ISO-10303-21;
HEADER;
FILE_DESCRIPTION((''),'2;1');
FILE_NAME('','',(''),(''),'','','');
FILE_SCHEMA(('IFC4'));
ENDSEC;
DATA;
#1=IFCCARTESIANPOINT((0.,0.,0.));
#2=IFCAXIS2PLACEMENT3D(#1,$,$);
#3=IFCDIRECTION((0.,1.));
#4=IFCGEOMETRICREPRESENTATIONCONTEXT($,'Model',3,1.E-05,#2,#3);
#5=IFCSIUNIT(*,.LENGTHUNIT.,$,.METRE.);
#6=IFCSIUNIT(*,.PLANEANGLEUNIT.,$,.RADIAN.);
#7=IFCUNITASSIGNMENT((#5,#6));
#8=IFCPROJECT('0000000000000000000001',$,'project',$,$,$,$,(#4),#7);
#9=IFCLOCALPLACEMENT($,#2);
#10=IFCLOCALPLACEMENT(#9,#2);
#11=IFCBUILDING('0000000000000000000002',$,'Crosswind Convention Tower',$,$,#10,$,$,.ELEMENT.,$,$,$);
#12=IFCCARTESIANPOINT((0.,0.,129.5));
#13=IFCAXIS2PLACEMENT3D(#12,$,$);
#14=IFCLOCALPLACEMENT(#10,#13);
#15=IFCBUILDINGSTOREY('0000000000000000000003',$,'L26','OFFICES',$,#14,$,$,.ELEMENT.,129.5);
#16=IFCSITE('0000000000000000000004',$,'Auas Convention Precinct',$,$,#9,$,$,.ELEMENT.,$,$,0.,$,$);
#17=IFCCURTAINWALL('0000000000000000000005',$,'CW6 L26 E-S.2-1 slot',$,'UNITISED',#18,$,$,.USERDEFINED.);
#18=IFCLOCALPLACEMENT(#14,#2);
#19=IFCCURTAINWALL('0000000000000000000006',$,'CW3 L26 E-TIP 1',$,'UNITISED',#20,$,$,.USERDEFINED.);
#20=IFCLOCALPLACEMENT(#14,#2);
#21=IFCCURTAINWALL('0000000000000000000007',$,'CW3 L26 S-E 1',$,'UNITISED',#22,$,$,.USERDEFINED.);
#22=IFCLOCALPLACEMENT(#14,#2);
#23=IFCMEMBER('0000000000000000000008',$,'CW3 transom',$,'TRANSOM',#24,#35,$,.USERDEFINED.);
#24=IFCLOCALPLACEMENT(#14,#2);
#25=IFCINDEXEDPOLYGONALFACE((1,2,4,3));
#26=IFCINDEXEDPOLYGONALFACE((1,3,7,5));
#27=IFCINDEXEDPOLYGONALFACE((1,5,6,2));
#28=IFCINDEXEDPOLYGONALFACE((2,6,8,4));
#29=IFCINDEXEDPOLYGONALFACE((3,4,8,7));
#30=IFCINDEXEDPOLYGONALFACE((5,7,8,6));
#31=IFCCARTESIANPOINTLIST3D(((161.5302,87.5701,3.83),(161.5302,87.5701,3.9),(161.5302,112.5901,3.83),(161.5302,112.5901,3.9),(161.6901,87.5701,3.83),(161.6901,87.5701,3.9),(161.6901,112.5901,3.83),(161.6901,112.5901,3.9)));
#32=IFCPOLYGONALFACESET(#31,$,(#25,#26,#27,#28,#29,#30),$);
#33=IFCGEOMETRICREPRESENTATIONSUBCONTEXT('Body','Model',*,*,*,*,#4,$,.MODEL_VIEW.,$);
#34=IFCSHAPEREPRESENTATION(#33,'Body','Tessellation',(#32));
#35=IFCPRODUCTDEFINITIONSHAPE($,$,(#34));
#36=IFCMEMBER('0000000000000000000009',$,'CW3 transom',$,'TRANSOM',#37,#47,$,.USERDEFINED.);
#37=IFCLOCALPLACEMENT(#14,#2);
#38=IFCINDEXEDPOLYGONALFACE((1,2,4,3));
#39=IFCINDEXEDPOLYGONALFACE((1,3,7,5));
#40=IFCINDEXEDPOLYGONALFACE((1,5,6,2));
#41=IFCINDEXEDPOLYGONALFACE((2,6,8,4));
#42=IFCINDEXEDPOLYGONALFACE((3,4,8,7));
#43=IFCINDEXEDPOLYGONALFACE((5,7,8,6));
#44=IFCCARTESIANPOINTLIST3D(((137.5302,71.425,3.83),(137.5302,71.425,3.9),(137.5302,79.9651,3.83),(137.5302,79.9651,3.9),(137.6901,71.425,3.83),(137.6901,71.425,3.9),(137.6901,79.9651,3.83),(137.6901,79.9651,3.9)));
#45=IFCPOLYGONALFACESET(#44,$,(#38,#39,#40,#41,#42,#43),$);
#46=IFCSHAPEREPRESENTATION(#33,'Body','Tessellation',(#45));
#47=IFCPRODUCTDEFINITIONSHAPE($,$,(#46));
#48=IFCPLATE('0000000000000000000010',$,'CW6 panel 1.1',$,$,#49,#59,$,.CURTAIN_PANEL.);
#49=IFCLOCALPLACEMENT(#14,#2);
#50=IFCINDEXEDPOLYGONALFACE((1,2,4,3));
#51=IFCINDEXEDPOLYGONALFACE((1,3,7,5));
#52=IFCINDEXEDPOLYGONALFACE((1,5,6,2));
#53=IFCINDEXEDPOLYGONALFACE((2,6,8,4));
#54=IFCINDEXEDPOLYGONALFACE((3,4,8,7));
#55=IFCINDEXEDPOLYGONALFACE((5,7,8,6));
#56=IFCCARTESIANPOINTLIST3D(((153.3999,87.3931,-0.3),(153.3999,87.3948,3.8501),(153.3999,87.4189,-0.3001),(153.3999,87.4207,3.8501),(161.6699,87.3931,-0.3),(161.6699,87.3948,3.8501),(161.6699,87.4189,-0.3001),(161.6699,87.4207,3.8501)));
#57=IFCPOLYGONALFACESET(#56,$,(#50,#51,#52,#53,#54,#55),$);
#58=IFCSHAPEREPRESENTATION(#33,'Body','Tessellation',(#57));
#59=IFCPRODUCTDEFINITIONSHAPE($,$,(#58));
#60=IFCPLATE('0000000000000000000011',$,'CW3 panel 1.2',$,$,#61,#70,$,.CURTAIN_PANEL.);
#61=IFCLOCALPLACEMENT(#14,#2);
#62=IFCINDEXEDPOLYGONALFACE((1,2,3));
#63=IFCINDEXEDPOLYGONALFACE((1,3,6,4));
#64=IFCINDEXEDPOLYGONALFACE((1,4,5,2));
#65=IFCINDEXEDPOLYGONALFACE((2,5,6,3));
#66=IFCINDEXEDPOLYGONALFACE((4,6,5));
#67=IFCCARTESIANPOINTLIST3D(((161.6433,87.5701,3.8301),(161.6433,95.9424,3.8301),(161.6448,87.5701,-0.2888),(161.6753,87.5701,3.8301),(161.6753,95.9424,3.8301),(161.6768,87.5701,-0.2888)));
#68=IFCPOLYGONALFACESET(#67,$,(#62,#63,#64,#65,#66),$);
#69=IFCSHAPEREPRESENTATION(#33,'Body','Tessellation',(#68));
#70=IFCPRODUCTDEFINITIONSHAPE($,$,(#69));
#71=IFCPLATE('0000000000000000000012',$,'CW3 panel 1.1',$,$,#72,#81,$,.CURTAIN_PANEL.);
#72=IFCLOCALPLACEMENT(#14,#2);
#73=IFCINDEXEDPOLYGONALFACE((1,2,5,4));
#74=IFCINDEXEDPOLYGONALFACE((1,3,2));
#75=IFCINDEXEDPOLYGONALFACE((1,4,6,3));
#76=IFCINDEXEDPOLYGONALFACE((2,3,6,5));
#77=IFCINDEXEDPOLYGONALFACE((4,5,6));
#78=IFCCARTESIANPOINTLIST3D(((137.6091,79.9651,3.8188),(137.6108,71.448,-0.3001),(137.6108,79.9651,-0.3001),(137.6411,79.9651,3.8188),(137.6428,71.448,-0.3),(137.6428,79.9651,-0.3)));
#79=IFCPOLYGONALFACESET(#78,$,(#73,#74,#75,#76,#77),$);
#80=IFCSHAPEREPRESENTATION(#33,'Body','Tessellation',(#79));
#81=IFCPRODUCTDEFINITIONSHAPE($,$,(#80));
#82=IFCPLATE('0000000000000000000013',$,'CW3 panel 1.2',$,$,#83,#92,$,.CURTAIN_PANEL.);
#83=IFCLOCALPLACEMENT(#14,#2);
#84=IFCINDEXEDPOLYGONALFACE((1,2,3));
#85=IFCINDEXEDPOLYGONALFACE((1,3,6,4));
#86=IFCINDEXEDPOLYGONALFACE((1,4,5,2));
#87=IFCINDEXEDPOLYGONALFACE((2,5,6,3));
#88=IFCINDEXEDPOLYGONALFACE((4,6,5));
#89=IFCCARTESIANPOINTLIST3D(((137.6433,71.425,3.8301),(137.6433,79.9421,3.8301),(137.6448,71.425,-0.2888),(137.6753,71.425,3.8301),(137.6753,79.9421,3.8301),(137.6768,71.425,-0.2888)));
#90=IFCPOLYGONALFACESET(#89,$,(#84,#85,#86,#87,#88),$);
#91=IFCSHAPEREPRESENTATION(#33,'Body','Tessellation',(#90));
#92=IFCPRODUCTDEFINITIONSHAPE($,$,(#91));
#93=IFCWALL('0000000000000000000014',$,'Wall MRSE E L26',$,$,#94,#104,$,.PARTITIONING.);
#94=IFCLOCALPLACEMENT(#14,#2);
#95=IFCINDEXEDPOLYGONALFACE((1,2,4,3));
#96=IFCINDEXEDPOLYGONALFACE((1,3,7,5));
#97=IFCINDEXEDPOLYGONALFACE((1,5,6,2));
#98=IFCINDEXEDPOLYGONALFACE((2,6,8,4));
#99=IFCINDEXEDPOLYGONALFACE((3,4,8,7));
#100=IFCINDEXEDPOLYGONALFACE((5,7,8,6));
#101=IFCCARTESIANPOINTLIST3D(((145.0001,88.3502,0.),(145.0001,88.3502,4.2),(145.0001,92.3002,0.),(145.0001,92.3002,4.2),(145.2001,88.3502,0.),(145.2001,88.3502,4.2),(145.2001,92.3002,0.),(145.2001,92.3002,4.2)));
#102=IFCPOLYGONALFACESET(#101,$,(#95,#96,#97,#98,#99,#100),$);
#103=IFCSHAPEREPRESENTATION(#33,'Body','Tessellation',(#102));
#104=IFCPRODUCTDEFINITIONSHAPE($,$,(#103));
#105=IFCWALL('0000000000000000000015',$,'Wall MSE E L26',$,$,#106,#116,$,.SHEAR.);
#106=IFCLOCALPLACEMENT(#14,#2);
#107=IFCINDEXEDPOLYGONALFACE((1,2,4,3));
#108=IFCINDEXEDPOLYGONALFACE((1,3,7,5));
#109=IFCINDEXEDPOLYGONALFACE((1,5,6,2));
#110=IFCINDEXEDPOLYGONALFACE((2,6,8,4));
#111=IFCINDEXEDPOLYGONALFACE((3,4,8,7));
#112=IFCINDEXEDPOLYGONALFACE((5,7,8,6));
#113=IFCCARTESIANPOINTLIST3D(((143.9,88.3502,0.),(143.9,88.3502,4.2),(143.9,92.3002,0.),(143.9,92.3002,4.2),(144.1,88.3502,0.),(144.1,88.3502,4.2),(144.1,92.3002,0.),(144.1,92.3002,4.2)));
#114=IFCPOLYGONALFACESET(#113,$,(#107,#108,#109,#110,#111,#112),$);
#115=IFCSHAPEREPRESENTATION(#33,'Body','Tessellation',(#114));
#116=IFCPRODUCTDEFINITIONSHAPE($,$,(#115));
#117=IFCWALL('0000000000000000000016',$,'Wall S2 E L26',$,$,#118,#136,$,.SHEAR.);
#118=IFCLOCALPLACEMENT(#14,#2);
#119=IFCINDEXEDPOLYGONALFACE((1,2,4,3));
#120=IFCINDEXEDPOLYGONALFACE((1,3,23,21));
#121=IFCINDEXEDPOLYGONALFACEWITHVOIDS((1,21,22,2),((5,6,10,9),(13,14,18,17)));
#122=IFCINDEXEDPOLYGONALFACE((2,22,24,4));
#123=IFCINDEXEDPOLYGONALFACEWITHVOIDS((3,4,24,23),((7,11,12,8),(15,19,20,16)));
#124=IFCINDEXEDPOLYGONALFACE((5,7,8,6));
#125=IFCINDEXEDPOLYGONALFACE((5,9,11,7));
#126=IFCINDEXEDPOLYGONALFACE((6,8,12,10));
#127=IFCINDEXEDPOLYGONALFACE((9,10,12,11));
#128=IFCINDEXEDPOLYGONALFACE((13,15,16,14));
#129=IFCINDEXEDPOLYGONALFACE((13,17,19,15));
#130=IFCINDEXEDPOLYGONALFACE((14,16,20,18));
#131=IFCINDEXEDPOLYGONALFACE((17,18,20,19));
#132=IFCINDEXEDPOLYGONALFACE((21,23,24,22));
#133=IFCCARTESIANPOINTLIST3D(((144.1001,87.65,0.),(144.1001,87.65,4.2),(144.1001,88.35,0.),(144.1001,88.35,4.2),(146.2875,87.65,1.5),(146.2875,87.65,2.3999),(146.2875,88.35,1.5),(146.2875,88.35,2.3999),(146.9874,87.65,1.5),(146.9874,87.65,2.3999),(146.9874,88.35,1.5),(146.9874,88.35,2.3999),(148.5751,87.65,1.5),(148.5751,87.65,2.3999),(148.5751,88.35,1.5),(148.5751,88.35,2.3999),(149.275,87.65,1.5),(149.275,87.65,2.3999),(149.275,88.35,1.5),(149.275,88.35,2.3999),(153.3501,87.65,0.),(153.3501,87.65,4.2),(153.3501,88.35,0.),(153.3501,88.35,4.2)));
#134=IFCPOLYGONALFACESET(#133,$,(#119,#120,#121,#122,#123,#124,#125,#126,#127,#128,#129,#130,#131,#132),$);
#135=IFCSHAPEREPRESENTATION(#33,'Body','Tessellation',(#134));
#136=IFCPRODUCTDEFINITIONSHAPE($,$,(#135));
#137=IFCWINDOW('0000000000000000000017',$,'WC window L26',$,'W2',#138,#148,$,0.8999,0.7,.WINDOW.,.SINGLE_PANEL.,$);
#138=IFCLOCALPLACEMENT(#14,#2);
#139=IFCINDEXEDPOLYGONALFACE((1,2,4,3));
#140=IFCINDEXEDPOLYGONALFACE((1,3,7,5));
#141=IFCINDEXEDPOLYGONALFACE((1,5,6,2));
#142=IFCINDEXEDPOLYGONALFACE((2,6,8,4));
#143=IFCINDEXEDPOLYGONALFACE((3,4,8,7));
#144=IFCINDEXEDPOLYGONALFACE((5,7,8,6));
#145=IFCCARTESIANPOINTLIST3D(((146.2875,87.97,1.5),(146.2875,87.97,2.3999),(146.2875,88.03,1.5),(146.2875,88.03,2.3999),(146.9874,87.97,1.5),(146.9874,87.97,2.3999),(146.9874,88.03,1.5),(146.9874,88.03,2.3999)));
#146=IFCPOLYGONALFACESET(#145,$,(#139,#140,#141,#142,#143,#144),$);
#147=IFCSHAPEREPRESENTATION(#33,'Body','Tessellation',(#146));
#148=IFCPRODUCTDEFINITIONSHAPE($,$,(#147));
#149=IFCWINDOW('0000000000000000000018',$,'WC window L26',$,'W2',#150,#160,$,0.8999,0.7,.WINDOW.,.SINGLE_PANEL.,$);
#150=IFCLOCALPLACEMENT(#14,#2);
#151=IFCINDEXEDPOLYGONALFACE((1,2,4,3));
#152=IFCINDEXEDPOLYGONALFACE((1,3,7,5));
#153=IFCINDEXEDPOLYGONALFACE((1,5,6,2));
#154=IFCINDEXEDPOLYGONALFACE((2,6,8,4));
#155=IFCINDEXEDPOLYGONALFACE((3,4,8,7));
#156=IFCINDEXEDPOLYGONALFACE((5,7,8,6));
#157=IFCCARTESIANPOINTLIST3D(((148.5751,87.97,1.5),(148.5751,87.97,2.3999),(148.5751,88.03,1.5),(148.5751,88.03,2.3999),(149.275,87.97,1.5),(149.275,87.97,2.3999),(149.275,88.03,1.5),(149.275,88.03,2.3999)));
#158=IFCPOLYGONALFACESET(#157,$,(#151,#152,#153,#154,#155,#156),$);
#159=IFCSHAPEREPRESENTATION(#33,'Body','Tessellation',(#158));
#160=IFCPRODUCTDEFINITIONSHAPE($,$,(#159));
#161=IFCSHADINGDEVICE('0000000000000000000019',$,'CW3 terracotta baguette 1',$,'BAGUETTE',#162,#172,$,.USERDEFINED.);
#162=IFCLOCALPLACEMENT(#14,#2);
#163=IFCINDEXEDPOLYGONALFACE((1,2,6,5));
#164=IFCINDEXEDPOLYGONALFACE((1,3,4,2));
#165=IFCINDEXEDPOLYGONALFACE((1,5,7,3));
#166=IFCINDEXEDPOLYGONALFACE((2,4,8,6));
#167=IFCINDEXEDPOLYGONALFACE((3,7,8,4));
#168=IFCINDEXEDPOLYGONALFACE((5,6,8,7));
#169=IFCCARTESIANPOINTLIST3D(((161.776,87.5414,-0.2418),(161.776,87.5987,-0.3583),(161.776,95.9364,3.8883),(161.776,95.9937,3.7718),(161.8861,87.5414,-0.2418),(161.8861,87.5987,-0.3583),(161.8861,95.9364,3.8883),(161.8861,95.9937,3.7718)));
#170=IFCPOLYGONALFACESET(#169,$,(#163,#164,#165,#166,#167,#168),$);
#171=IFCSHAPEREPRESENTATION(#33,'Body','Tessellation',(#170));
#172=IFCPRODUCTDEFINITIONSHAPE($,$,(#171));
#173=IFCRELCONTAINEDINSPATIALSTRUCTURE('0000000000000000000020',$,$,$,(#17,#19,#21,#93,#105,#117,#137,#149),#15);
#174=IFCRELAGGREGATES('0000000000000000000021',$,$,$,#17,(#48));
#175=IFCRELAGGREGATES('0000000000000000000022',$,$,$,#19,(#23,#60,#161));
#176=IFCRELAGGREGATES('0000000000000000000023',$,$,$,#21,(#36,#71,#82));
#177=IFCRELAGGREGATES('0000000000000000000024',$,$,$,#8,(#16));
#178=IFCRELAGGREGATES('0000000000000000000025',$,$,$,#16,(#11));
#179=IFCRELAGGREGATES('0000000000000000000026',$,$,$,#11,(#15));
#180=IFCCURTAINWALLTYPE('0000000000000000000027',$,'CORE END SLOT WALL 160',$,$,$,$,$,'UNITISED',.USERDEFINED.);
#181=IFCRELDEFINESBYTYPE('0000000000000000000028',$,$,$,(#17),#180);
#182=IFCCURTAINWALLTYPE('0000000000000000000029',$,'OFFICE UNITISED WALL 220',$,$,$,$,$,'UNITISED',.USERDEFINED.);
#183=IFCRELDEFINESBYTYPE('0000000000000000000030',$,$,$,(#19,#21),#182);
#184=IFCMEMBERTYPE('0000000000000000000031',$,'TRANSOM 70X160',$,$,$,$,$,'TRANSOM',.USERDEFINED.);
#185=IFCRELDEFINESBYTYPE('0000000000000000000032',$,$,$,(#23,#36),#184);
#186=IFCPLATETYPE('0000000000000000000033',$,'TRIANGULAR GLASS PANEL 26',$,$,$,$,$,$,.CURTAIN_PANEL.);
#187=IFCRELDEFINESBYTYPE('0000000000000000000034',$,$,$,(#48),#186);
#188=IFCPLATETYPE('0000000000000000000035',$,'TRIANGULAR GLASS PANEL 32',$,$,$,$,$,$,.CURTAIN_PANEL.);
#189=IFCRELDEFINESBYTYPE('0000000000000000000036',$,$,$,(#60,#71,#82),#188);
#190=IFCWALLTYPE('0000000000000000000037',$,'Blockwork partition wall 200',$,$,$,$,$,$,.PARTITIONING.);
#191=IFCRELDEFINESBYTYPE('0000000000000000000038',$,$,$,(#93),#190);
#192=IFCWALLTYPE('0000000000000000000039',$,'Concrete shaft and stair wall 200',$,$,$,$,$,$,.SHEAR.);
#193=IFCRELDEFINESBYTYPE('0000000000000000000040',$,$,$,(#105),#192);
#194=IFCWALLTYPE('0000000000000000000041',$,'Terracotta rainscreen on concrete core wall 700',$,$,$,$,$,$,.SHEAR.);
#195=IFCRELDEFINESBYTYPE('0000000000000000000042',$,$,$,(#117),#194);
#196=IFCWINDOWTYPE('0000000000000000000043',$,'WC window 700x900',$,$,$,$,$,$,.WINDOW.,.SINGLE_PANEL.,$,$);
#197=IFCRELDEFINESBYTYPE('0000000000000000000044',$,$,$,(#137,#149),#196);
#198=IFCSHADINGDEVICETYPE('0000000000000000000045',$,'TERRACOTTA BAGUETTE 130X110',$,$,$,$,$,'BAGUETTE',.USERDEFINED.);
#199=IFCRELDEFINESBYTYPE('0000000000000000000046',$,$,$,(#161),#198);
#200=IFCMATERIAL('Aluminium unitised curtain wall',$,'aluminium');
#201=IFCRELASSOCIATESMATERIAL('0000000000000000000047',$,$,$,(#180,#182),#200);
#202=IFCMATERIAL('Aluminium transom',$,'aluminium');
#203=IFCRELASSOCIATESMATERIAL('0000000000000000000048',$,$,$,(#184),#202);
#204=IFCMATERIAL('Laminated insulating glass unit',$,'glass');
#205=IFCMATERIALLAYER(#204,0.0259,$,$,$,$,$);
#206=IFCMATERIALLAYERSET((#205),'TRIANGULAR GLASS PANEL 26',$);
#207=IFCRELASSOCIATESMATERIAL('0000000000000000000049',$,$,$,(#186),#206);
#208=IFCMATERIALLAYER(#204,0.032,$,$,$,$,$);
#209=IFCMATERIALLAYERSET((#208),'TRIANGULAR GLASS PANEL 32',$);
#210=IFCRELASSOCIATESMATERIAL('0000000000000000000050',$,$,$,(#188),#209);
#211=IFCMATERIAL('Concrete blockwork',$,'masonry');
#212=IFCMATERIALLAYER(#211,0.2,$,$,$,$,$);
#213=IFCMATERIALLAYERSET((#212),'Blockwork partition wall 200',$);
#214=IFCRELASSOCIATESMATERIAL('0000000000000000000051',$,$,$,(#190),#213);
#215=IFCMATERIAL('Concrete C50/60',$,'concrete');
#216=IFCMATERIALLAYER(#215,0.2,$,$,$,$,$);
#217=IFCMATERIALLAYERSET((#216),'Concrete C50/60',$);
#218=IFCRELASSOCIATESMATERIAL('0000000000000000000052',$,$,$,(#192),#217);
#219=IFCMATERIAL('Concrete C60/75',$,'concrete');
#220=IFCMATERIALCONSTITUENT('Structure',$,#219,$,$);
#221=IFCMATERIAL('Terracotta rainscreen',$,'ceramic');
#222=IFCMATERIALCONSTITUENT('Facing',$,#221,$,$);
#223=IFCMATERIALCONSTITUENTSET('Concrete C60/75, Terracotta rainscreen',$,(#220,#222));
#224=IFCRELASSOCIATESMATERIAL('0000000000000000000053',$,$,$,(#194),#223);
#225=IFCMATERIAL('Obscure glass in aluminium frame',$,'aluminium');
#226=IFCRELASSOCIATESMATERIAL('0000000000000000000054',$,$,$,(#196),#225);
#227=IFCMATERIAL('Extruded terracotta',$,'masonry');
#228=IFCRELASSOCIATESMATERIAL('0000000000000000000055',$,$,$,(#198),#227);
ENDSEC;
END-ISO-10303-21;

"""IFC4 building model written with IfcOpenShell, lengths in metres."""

from ifc_helpers import new_model, si_unit, direction, frame, frame_2d, origin, origin_2d, place, context, subcontext, project, spatial, polyline, rectangle, outline, extrude, material, layer, layer_set, constituent, constituent_set, material_profile, profile_set, type_object, element, fill, aggregate, save


model = new_model("IFC4")

# Units and contexts
model_context = context("Model", 3, precision=1e-05, world=origin(), true_north=direction((0.0, 1.0)))
body_context = subcontext(model_context, "Body", "Model", "MODEL_VIEW")
ifc_project = project(units=[si_unit("LENGTHUNIT", "METRE"), si_unit("PLANEANGLEUNIT", "RADIAN")], contexts=[model_context])

# Site, building, storey
site_placement = place(None, origin())
site = spatial("IfcSite", under=ifc_project, at=site_placement, Name="Auas Convention Precinct", CompositionType="ELEMENT", RefElevation=0.0)
building_placement = place(site_placement, origin())
building = spatial("IfcBuilding", under=site, at=building_placement, Name="Crosswind Convention Tower", CompositionType="ELEMENT")
storey_placement = place(building_placement, frame((0.0, 0.0, 129.5)))
storey = spatial("IfcBuildingStorey", under=building, at=storey_placement, Name="L26", Description="OFFICES", CompositionType="ELEMENT", Elevation=129.5)

# Shared definitions
ifc_material_1 = material(Name="Concrete C60/75", Category="concrete")

# Curtain wall
ifc_material_2 = material(Name="Aluminium unitised curtain wall", Category="aluminium")
curtain_wall_type_1 = type_object("IfcCurtainWallType", Name="CORE END SLOT WALL 160", ElementType="UNITISED", PredefinedType="USERDEFINED", material=ifc_material_2)
curtain_wall_1_placement = place(storey_placement, origin())
curtain_wall_1 = element("IfcCurtainWall", 1, at=curtain_wall_1_placement, inside=storey, type_object=curtain_wall_type_1, Name="CW6 L26 E-S.2-1 slot", ObjectType="UNITISED", PredefinedType="USERDEFINED")

# Curtain walls
curtain_wall_type_2 = type_object("IfcCurtainWallType", Name="OFFICE UNITISED WALL 220", ElementType="UNITISED", PredefinedType="USERDEFINED", material=ifc_material_2)
curtain_wall_2_placement = place(storey_placement, origin())
curtain_wall_2 = element("IfcCurtainWall", 2, at=curtain_wall_2_placement, inside=storey, type_object=curtain_wall_type_2, Name="CW3 L26 E-TIP 1", ObjectType="UNITISED", PredefinedType="USERDEFINED")
curtain_wall_3_placement = place(storey_placement, origin())
curtain_wall_3 = element("IfcCurtainWall", 3, at=curtain_wall_3_placement, inside=storey, type_object=curtain_wall_type_2, Name="CW3 L26 S-E 1", ObjectType="UNITISED", PredefinedType="USERDEFINED")

# Members
ifc_material_3 = material(Name="Aluminium transom", Category="aluminium")
ifc_material_profile_1 = material_profile(ifc_material_3, rectangle(XDim=0.1599, YDim=0.0701, at=origin_2d()), Name="AL 160X70")
ifc_profile_set_1 = profile_set([ifc_material_profile_1], Name="Aluminium transom")
member_type_1 = type_object("IfcMemberType", Name="TRANSOM 70X160", ElementType="TRANSOM", PredefinedType="USERDEFINED", material=ifc_profile_set_1)
member_1_placement = place(storey_placement, frame((161.6101, 87.5701, 3.865), z_axis=(0.0, 1.0, 0.0), x_axis=(-1.0, 0.0, 0.0)))
member_1 = element("IfcMember", 4, at=member_1_placement, type_object=member_type_1, Name="CW3 transom", ObjectType="TRANSOM", PredefinedType="USERDEFINED", context=body_context, shape_type="SweptSolid", body=[
    extrude(rectangle(XDim=0.1599, YDim=0.0701, at=origin_2d()), origin(), (0.0, 0.0, 1.0), 25.02),
])
member_2_placement = place(storey_placement, frame((137.6101, 71.425, 3.865), z_axis=(0.0, 1.0, 0.0), x_axis=(-1.0, 0.0, 0.0)))
member_2 = element("IfcMember", 5, at=member_2_placement, type_object=member_type_1, Name="CW3 transom", ObjectType="TRANSOM", PredefinedType="USERDEFINED", context=body_context, shape_type="SweptSolid", body=[
    extrude(rectangle(XDim=0.1599, YDim=0.0701, at=origin_2d()), origin(), (0.0, 0.0, 1.0), 8.54),
])

# Plates
ifc_material_4 = material(Name="Laminated insulating glass unit", Category="glass")
ifc_layer_1 = layer(ifc_material_4, 0.0259)
ifc_layer_set_1 = layer_set([ifc_layer_1], Name="TRIANGULAR GLASS PANEL 26")
plate_type_1 = type_object("IfcPlateType", Name="TRIANGULAR GLASS PANEL 26", PredefinedType="CURTAIN_PANEL", material=ifc_layer_set_1)
plate_1_placement = place(storey_placement, frame((153.3999, 87.3931, -0.3), z_axis=(0.0, -1.0, 0.000412), x_axis=(1.0, 0.0, 0.0)))
plate_1 = element("IfcPlate", 6, at=plate_1_placement, type_object=plate_type_1, Name="CW6 panel 1.1", PredefinedType="CURTAIN_PANEL", context=body_context, shape_type="SweptSolid", body=[
    extrude(outline(polyline([(0.0, 0.0), (8.27, 0.0), (8.27, 4.1501), (0.0, 4.1501), (0.0, 0.0)])), origin(), (0.0, 0.0, -1.0), 0.0259),
])
aggregate(curtain_wall_1, [plate_1])
ifc_layer_2 = layer(ifc_material_4, 0.032)
ifc_layer_set_2 = layer_set([ifc_layer_2], Name="TRIANGULAR GLASS PANEL 32")
plate_type_2 = type_object("IfcPlateType", Name="TRIANGULAR GLASS PANEL 32", PredefinedType="CURTAIN_PANEL", material=ifc_layer_set_2)
plate_2_placement = place(storey_placement, frame((161.6753, 87.5701, 3.8301), z_axis=(1.0, 0.0, 0.000356), x_axis=(0.000356, 0.0, -1.0)))
plate_2 = element("IfcPlate", 7, at=plate_2_placement, type_object=plate_type_2, Name="CW3 panel 1.2", PredefinedType="CURTAIN_PANEL", context=body_context, shape_type="SweptSolid", body=[
    extrude(outline(polyline([(0.0, 0.0), (4.1189, 0.0), (0.0, 8.3723), (0.0, 0.0)])), origin(), (0.0, 0.0, -1.0), 0.032),
])
plate_3_placement = place(storey_placement, frame((137.6428, 79.9651, -0.3), z_axis=(1.0, 0.0, 0.000415), x_axis=(-0.000415, 0.0, 1.0)))
plate_3 = element("IfcPlate", 8, at=plate_3_placement, type_object=plate_type_2, Name="CW3 panel 1.1", PredefinedType="CURTAIN_PANEL", context=body_context, shape_type="SweptSolid", body=[
    extrude(outline(polyline([(0.0, 0.0), (4.1189, 0.0), (0.0, 8.5171), (0.0, 0.0)])), origin(), (0.0, 0.0, -1.0), 0.032),
])
plate_4_placement = place(storey_placement, frame((137.6753, 71.425, 3.8301), z_axis=(1.0, 0.0, 0.000356), x_axis=(0.000356, 0.0, -1.0)))
plate_4 = element("IfcPlate", 9, at=plate_4_placement, type_object=plate_type_2, Name="CW3 panel 1.2", PredefinedType="CURTAIN_PANEL", context=body_context, shape_type="SweptSolid", body=[
    extrude(outline(polyline([(0.0, 0.0), (4.1189, 0.0), (0.0, 8.5171), (0.0, 0.0)])), origin(), (0.0, 0.0, -1.0), 0.032),
])

# Walls
ifc_material_5 = material(Name="Concrete blockwork", Category="masonry")
ifc_layer_3 = layer(ifc_material_5, 0.2)
ifc_layer_set_3 = layer_set([ifc_layer_3], Name="Blockwork partition wall 200")
wall_type_1 = type_object("IfcWallType", Name="Blockwork partition wall 200", PredefinedType="PARTITIONING", material=ifc_layer_set_3)
wall_1_placement = place(storey_placement, frame((145.1001, 88.3501, 0.0), z_axis=(0.0, 0.0, 1.0), x_axis=(0.0, 1.0, 0.0)))
element("IfcWall", 10, at=wall_1_placement, inside=storey, type_object=wall_type_1, Name="Wall MRSE E L26", PredefinedType="PARTITIONING", context=body_context, shape_type="SweptSolid", body=[
    extrude(rectangle(XDim=3.95, YDim=0.2, at=frame_2d((1.9751, 0.0))), origin(), (0.0, 0.0, 1.0), 4.2),
])
ifc_material_6 = material(Name="Concrete C50/60", Category="concrete")
ifc_layer_4 = layer(ifc_material_6, 0.2)
ifc_layer_set_4 = layer_set([ifc_layer_4], Name="Concrete C50/60")
wall_type_2 = type_object("IfcWallType", Name="Concrete shaft and stair wall 200", PredefinedType="SHEAR", material=ifc_layer_set_4)
wall_2_placement = place(storey_placement, frame((144.0, 88.3501, 0.0), z_axis=(0.0, 0.0, 1.0), x_axis=(0.0, 1.0, 0.0)))
element("IfcWall", 11, at=wall_2_placement, inside=storey, type_object=wall_type_2, Name="Wall MSE E L26", PredefinedType="SHEAR", context=body_context, shape_type="SweptSolid", body=[
    extrude(rectangle(XDim=3.95, YDim=0.2, at=frame_2d((1.9751, 0.0))), origin(), (0.0, 0.0, 1.0), 4.2),
])

# Wall, openings, windows
ifc_constituent_1 = constituent(ifc_material_1, Name="Structure")
ifc_material_7 = material(Name="Terracotta rainscreen", Category="ceramic")
ifc_constituent_2 = constituent(ifc_material_7, Name="Facing")
ifc_constituent_set = constituent_set(constituents=[ifc_constituent_1, ifc_constituent_2], Name="Concrete C60/75, Terracotta rainscreen")
wall_type_3 = type_object("IfcWallType", Name="Terracotta rainscreen on concrete core wall 700", PredefinedType="SHEAR", material=ifc_constituent_set)
wall_3_placement = place(storey_placement, frame((144.1001, 88.0, 0.0), z_axis=(0.0, 0.0, 1.0), x_axis=(1.0, 0.0, 0.0)))
wall_3 = element("IfcWall", 12, at=wall_3_placement, inside=storey, type_object=wall_type_3, Name="Wall S2 E L26", PredefinedType="SHEAR", context=body_context, shape_type="SweptSolid", body=[
    extrude(rectangle(XDim=9.25, YDim=0.7, at=frame_2d((4.625, 0.0))), origin(), (0.0, 0.0, 1.0), 4.2),
])
opening_1_placement = place(wall_3_placement, frame((2.1873, 0.0, 1.5)))
opening_1 = element("IfcOpeningElement", 13, at=opening_1_placement, cuts=wall_3, PredefinedType="OPENING", context=body_context, shape_type="SweptSolid", body=[
    extrude(rectangle(XDim=0.7, YDim=0.8999, at=frame_2d((0.3501, 0.45))), frame((0.0, 0.3599, 0.0), z_axis=(0.0, -1.0, 0.0), x_axis=(1.0, 0.0, 0.0)), (0.0, 0.0, 1.0), 0.72),
])
opening_2_placement = place(wall_3_placement, frame((4.4749, 0.0, 1.5)))
opening_2 = element("IfcOpeningElement", 14, at=opening_2_placement, cuts=wall_3, PredefinedType="OPENING", context=body_context, shape_type="SweptSolid", body=[
    extrude(rectangle(XDim=0.7, YDim=0.8999, at=frame_2d((0.3501, 0.45))), frame((0.0, 0.3599, 0.0), z_axis=(0.0, -1.0, 0.0), x_axis=(1.0, 0.0, 0.0)), (0.0, 0.0, 1.0), 0.72),
])
ifc_material_8 = material(Name="Obscure glass in aluminium frame", Category="aluminium")
window_type = type_object("IfcWindowType", Name="WC window 700x900", PartitioningType="SINGLE_PANEL", PredefinedType="WINDOW", material=ifc_material_8)
window_1_placement = place(opening_1_placement, origin())
window_1 = element("IfcWindow", 15, at=window_1_placement, inside=storey, type_object=window_type, Name="WC window L26", ObjectType="W2", OverallHeight=0.8999, OverallWidth=0.7, PartitioningType="SINGLE_PANEL", PredefinedType="WINDOW", context=body_context, shape_type="SweptSolid", body=[
    extrude(rectangle(XDim=0.7, YDim=0.8999, at=frame_2d((0.3501, 0.45))), frame((0.0, 0.03, 0.0), z_axis=(0.0, -1.0, 0.0), x_axis=(1.0, 0.0, 0.0)), (0.0, 0.0, 1.0), 0.0601),
])
fill(opening_1, window_1)
window_2_placement = place(opening_2_placement, origin())
window_2 = element("IfcWindow", 16, at=window_2_placement, inside=storey, type_object=window_type, Name="WC window L26", ObjectType="W2", OverallHeight=0.8999, OverallWidth=0.7, PartitioningType="SINGLE_PANEL", PredefinedType="WINDOW", context=body_context, shape_type="SweptSolid", body=[
    extrude(rectangle(XDim=0.7, YDim=0.8999, at=frame_2d((0.3501, 0.45))), frame((0.0, 0.03, 0.0), z_axis=(0.0, -1.0, 0.0), x_axis=(1.0, 0.0, 0.0)), (0.0, 0.0, 1.0), 0.0601),
])
fill(opening_2, window_2)

# Shading device
ifc_material_9 = material(Name="Extruded terracotta", Category="masonry")
ifc_material_profile_2 = material_profile(ifc_material_9, rectangle(XDim=0.1101, YDim=0.1299, at=origin_2d()), Name="TC 110X130")
ifc_profile_set_2 = profile_set([ifc_material_profile_2], Name="Extruded terracotta")
shading_device_type = type_object("IfcShadingDeviceType", Name="TERRACOTTA BAGUETTE 130X110", ElementType="BAGUETTE", PredefinedType="USERDEFINED", material=ifc_profile_set_2)
shading_device_1_placement = place(storey_placement, frame((161.8311, 87.5701, -0.3), z_axis=(0.0, 0.897289, 0.441443), x_axis=(-1.0, 0.0, 0.0)))
shading_device_1 = element("IfcShadingDevice", 17, at=shading_device_1_placement, type_object=shading_device_type, Name="CW3 terracotta baguette 1", ObjectType="BAGUETTE", PredefinedType="USERDEFINED", context=body_context, shape_type="SweptSolid", body=[
    extrude(rectangle(XDim=0.1101, YDim=0.1299, at=origin_2d()), origin(), (0.0, 0.0, 1.0), 9.356),
])
aggregate(curtain_wall_2, [member_1, plate_2, shading_device_1])
aggregate(curtain_wall_3, [member_2, plate_3, plate_4])

save(model, "model.ifc")
